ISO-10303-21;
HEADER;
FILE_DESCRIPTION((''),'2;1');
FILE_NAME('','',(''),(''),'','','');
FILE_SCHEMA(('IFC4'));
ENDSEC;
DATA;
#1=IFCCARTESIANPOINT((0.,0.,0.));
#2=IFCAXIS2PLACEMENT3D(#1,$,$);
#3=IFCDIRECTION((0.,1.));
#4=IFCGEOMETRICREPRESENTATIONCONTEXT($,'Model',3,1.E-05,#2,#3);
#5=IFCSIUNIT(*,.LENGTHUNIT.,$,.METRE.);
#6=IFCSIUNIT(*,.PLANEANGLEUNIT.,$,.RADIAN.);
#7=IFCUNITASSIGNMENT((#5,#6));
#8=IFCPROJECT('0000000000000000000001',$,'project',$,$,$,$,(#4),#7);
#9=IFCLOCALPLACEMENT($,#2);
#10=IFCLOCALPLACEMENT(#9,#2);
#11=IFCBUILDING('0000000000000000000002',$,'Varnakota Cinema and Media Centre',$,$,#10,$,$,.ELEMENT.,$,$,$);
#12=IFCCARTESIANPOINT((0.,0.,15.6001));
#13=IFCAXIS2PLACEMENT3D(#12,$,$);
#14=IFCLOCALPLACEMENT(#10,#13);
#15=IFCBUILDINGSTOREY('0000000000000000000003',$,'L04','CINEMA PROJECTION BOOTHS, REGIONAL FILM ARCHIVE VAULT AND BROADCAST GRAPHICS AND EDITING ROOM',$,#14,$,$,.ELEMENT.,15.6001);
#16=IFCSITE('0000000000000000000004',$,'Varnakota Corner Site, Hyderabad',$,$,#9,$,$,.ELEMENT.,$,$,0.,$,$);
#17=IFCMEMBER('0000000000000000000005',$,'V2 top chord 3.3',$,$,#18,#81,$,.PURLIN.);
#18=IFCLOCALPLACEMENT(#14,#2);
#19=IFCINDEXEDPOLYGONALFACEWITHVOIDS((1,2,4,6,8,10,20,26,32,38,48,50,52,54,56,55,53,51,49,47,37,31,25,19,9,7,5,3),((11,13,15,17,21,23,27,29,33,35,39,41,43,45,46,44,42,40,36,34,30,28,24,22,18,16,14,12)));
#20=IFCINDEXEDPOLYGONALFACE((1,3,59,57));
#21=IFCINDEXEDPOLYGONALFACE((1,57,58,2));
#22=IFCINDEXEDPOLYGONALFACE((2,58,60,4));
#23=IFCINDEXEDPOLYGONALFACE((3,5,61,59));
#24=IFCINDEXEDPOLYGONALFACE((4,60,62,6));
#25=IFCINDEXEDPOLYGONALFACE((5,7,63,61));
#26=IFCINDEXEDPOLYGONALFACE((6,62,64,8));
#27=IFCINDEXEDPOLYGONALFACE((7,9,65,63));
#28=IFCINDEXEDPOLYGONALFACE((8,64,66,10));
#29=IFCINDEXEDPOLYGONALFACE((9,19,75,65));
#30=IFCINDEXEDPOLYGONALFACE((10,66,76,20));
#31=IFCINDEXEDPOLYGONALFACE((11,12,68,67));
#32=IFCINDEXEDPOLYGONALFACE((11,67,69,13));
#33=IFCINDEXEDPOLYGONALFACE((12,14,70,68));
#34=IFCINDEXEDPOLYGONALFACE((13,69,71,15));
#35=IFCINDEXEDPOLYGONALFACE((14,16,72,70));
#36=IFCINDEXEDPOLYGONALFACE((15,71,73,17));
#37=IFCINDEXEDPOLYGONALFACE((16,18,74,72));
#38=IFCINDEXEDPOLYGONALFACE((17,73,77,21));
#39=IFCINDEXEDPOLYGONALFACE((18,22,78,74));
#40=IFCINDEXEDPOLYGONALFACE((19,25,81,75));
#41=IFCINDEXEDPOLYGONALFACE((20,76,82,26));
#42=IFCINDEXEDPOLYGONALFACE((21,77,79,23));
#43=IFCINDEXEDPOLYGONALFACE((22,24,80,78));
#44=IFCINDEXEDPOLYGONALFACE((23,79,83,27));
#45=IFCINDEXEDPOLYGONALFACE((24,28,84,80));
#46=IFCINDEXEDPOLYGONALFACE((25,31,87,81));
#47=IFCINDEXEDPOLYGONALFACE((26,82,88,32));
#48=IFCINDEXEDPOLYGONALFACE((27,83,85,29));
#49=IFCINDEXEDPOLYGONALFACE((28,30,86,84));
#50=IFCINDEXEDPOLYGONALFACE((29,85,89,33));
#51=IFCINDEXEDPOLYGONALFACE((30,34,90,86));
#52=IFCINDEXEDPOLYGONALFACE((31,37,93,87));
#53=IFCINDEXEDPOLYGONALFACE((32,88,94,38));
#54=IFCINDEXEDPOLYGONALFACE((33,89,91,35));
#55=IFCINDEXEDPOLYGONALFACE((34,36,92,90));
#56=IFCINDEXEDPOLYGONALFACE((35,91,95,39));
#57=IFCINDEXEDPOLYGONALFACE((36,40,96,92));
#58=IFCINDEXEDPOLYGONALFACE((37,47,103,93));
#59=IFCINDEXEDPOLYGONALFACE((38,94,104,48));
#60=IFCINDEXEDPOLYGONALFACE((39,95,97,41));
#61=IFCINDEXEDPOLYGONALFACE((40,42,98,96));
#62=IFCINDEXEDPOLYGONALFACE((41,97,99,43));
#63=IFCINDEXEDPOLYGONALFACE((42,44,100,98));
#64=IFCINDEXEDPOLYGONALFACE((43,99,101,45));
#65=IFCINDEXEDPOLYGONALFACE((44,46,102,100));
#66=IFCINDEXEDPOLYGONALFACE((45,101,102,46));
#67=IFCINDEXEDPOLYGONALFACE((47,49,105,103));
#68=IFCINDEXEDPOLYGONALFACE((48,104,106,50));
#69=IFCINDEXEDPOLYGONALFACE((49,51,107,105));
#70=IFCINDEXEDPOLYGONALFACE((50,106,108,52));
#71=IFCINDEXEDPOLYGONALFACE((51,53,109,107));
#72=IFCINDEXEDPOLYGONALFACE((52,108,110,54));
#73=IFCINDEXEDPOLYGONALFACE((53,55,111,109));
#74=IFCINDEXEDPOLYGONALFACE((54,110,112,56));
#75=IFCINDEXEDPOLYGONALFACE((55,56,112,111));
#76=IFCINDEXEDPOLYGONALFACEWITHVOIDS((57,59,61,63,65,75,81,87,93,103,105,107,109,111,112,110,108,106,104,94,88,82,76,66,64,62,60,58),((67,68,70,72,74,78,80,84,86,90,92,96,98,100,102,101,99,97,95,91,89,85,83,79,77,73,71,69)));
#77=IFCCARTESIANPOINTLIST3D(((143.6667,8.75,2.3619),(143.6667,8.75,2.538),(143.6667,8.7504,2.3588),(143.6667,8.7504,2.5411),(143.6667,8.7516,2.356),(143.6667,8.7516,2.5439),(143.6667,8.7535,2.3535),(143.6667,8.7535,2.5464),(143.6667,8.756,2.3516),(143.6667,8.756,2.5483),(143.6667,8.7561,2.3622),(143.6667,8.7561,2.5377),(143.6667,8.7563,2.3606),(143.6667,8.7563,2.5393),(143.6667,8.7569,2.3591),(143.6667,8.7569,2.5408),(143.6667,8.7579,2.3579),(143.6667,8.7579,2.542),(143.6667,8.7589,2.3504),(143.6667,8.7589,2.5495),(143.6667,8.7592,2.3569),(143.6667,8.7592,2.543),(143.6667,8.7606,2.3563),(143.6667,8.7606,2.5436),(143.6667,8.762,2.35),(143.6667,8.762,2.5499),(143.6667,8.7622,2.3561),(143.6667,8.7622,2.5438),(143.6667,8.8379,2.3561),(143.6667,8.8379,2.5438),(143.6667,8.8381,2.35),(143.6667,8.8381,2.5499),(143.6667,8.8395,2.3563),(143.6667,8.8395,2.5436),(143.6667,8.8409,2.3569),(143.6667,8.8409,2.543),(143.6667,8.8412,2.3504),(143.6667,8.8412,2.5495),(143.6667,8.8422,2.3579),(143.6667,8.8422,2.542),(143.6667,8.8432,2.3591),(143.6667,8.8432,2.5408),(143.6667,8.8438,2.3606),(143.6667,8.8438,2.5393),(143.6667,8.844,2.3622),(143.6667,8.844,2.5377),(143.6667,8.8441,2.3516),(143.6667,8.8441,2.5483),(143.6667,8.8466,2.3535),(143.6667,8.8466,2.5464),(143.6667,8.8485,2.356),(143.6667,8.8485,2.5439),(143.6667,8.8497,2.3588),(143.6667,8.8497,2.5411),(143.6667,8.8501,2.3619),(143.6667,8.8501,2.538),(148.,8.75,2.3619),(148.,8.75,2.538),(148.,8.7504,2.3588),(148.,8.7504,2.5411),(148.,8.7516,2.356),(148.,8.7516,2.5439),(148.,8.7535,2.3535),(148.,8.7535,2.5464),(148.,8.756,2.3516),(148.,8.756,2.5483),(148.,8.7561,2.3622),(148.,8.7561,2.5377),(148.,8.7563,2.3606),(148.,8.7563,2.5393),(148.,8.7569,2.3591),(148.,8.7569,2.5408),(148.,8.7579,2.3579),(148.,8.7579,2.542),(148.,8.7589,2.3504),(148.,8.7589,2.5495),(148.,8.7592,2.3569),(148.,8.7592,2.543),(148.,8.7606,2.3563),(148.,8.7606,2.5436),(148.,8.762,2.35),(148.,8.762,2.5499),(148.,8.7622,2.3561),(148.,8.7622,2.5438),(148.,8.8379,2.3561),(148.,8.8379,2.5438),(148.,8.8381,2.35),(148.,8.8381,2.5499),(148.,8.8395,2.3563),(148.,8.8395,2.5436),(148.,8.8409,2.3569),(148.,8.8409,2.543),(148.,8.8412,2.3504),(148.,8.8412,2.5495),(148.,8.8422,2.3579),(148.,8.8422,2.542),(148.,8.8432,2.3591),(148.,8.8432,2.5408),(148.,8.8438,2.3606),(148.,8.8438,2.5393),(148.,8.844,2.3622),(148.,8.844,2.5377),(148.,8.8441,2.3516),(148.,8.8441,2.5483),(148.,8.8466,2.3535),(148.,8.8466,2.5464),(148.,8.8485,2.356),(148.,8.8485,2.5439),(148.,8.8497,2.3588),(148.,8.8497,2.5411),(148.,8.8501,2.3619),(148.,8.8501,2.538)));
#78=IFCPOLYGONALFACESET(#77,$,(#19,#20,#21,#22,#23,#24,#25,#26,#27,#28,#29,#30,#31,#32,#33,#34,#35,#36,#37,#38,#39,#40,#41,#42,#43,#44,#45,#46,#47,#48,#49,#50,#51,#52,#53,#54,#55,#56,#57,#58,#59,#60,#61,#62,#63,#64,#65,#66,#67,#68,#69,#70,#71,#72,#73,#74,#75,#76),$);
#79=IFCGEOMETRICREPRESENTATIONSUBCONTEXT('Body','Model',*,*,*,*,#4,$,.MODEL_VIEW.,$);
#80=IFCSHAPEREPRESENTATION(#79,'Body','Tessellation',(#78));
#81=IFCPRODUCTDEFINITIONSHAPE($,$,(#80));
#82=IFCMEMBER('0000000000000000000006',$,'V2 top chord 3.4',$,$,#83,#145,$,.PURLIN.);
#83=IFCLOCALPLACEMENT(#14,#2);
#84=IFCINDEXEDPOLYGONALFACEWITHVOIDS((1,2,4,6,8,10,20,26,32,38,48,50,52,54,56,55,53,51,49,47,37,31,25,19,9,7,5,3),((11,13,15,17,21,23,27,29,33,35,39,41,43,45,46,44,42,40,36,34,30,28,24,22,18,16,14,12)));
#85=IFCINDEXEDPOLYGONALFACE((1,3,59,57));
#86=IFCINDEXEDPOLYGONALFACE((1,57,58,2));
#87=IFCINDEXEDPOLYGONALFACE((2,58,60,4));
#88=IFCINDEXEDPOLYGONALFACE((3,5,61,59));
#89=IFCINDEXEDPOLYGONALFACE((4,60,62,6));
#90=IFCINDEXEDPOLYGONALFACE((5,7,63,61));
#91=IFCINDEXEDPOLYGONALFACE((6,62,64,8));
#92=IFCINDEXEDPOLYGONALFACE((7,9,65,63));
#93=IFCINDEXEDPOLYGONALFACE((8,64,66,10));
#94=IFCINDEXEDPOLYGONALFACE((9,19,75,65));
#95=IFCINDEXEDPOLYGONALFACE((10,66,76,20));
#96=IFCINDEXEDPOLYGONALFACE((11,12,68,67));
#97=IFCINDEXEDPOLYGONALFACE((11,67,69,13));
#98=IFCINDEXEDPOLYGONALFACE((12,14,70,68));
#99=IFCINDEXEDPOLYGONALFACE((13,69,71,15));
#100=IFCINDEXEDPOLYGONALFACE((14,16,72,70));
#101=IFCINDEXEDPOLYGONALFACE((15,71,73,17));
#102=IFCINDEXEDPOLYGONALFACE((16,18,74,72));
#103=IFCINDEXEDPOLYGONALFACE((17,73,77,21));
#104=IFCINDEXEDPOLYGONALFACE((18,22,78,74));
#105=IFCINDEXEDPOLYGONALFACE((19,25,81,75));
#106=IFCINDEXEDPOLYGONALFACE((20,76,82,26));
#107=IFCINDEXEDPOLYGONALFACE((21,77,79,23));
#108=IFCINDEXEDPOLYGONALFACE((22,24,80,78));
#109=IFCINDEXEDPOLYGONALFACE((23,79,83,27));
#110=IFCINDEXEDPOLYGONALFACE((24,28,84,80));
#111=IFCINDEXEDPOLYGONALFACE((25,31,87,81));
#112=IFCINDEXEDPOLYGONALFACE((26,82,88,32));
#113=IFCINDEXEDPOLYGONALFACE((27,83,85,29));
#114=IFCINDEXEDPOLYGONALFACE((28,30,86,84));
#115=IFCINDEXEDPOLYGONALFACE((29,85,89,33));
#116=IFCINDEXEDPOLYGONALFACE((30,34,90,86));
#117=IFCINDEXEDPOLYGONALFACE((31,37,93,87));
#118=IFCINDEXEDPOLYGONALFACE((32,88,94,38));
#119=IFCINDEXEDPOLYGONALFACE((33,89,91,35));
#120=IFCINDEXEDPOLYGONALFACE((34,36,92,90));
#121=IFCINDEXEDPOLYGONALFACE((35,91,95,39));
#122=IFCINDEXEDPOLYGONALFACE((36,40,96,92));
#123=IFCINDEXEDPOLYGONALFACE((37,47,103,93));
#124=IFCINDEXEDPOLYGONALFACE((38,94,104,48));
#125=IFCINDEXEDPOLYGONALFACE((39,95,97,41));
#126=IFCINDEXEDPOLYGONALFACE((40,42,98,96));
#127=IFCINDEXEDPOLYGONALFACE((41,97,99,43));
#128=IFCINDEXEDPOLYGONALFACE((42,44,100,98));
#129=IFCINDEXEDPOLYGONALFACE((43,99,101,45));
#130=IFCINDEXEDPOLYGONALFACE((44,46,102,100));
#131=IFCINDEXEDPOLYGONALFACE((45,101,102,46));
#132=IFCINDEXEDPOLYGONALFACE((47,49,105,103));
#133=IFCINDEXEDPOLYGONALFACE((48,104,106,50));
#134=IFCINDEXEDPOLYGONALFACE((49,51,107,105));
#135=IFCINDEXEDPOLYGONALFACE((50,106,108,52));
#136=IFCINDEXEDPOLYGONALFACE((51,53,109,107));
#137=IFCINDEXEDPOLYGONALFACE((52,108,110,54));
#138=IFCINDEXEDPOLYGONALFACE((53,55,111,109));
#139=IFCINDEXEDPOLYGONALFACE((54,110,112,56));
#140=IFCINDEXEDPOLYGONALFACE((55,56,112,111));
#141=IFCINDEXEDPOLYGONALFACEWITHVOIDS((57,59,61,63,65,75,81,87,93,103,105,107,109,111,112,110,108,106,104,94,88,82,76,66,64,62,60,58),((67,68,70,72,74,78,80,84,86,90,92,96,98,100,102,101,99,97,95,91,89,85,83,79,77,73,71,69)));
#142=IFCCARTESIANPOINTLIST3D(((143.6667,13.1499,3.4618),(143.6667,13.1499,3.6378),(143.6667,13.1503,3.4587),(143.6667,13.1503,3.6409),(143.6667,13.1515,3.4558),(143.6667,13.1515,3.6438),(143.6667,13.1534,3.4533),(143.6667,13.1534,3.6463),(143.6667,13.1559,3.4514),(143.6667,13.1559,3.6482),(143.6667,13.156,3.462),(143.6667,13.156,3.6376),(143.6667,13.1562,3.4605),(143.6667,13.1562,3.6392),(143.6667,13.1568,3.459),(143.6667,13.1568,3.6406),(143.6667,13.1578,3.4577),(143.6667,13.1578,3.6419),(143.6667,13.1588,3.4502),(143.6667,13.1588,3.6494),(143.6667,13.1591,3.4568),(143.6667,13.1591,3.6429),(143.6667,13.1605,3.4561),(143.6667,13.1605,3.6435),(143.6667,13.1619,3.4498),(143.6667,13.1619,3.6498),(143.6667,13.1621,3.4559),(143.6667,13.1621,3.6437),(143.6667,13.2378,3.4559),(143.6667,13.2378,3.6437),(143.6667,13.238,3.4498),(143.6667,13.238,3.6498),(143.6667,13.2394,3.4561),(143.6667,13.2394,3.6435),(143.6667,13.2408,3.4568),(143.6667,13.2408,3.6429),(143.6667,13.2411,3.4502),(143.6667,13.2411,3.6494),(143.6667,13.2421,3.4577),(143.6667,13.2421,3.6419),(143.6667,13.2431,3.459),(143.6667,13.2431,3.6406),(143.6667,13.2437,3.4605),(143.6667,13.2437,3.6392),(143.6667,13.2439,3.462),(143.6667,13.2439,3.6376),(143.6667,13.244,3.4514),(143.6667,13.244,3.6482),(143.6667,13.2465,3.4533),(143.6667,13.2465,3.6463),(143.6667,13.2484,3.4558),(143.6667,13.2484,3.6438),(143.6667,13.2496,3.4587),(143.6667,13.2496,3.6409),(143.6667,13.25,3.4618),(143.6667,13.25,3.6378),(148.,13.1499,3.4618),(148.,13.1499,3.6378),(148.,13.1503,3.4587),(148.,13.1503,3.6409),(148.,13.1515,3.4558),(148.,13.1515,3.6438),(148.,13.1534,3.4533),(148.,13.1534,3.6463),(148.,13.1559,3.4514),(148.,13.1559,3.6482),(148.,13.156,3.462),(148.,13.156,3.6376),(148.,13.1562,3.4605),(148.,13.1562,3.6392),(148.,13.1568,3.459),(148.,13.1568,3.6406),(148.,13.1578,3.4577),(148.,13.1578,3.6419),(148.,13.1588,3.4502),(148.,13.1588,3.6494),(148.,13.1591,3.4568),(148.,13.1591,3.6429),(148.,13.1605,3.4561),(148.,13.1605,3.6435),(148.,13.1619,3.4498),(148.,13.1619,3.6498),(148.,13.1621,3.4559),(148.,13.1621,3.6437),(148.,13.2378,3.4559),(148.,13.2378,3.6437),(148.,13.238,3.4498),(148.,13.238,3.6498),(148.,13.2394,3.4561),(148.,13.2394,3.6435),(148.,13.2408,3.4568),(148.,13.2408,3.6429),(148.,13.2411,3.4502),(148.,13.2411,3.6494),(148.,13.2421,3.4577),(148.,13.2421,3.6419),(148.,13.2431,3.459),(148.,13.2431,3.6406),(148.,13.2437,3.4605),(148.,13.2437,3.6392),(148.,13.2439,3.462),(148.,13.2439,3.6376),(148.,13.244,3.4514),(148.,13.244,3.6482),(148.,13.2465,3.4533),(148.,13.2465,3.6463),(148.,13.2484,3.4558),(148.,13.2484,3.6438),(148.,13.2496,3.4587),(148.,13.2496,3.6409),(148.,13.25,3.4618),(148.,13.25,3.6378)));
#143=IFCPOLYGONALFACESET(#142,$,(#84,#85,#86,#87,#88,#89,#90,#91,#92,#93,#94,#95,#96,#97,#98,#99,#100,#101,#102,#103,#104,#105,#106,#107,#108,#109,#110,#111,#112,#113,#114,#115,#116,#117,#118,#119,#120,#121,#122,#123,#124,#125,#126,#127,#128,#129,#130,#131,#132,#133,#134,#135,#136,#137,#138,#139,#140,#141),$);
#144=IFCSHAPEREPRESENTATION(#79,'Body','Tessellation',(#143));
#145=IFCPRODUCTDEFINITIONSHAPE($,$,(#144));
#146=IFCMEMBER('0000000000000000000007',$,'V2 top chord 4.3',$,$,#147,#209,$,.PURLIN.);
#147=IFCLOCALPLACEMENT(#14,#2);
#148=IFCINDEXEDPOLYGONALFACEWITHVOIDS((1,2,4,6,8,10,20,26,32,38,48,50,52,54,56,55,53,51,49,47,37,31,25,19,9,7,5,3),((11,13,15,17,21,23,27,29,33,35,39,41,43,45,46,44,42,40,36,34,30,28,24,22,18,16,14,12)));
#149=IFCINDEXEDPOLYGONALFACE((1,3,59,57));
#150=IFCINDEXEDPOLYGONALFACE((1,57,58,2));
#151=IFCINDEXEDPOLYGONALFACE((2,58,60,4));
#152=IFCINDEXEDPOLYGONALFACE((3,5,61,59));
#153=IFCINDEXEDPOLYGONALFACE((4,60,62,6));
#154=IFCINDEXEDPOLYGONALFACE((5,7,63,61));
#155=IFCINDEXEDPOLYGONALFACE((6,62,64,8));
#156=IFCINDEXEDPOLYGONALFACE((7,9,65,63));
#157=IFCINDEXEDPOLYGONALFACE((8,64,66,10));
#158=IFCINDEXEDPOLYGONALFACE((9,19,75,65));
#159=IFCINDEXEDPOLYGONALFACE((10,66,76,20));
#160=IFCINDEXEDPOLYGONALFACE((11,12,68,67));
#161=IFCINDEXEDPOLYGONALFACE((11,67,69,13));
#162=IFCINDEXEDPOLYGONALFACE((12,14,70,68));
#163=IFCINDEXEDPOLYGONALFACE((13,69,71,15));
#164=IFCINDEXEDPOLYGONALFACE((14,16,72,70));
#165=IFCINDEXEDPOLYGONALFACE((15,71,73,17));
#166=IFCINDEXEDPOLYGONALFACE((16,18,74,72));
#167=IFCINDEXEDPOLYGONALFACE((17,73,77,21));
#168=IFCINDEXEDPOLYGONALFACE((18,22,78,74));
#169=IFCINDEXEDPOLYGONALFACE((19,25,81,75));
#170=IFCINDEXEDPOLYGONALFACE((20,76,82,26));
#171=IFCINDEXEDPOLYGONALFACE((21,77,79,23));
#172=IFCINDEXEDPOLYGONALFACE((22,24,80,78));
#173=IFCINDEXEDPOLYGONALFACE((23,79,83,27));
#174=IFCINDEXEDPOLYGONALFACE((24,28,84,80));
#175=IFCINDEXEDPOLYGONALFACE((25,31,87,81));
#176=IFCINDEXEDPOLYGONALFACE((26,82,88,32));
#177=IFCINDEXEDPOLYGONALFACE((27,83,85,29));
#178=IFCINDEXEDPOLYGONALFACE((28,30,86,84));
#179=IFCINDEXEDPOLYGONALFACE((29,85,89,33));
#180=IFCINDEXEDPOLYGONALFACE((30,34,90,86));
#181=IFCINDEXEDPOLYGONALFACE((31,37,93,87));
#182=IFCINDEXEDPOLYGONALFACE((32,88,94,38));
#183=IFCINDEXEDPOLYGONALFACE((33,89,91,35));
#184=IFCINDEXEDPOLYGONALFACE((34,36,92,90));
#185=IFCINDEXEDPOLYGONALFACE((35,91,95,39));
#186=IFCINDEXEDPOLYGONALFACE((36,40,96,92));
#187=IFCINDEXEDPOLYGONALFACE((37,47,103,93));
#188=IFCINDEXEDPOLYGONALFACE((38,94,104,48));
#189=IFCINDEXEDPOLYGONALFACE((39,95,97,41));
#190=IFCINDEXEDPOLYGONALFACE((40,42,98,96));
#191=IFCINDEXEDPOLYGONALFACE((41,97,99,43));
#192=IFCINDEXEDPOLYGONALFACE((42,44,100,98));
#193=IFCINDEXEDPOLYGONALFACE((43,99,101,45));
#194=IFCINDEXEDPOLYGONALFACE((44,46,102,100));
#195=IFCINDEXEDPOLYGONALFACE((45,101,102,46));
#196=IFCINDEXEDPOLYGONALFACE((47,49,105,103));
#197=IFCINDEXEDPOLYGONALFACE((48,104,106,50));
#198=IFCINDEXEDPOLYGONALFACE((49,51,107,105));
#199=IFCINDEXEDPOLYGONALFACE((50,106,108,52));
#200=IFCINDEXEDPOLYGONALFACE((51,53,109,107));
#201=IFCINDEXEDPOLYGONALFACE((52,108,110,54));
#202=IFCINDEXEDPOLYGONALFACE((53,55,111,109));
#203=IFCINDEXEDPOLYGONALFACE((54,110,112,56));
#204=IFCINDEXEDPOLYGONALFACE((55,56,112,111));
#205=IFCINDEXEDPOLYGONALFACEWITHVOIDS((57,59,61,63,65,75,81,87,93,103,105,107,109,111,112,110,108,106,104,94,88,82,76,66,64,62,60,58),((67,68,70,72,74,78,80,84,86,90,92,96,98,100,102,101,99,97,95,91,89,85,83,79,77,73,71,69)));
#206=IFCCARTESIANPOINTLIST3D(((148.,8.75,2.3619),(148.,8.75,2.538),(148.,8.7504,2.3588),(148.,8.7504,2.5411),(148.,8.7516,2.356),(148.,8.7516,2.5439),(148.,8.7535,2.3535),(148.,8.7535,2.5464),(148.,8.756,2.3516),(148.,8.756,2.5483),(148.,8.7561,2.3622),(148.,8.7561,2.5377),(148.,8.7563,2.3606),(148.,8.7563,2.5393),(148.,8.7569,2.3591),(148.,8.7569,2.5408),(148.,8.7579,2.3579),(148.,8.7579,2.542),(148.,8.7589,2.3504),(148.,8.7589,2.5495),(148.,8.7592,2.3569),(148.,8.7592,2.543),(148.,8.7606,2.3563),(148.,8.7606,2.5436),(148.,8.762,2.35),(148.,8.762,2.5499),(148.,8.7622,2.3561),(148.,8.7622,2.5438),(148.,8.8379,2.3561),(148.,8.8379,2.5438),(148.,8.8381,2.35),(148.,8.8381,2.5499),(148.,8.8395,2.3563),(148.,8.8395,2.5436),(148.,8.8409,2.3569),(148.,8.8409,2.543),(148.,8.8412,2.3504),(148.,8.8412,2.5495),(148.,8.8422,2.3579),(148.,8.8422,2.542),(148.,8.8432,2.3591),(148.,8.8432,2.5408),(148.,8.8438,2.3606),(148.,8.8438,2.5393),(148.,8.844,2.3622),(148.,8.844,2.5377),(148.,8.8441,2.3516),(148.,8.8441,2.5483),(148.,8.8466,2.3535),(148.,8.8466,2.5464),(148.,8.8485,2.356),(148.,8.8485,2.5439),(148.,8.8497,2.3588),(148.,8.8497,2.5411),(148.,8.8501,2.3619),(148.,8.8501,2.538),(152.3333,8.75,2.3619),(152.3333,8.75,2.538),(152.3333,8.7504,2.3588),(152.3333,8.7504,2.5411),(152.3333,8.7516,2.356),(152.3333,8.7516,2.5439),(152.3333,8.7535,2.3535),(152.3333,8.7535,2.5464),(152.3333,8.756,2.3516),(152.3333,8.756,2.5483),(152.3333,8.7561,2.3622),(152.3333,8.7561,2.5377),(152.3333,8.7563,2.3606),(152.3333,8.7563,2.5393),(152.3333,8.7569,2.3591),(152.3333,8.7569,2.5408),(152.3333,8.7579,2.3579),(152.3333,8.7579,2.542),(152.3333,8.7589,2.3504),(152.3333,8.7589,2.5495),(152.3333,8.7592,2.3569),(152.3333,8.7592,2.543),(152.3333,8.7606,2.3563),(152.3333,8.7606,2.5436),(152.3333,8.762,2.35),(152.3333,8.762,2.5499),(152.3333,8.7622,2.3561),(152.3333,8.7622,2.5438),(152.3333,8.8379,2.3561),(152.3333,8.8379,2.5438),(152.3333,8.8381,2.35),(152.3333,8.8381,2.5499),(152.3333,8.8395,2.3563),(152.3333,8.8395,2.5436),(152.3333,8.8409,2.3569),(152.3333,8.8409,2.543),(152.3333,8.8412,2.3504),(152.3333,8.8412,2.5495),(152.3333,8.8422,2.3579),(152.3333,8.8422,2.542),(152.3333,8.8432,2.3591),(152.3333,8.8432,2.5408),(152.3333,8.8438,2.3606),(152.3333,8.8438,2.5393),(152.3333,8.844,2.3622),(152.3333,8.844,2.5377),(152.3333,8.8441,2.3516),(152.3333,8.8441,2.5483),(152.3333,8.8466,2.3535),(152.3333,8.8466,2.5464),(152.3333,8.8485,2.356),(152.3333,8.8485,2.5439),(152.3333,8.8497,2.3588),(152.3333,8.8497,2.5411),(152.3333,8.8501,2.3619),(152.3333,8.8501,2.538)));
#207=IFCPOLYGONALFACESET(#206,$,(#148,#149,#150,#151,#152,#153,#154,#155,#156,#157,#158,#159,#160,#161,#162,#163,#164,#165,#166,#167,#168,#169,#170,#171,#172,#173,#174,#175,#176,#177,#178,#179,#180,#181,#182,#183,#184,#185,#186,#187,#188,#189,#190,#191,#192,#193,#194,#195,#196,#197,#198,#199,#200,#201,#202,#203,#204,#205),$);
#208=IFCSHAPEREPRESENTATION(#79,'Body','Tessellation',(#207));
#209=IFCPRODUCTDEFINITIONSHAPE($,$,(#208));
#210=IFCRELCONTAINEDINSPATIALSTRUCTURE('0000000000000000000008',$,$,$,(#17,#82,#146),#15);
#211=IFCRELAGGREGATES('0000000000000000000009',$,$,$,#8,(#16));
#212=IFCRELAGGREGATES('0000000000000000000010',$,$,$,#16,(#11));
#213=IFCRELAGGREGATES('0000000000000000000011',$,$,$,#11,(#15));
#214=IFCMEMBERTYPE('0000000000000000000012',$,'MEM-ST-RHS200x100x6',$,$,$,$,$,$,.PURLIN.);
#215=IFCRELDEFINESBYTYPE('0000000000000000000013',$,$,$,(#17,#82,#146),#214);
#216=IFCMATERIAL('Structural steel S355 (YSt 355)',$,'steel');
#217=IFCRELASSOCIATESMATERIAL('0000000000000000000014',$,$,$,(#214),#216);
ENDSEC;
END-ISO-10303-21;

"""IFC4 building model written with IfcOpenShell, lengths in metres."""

from ifc_helpers import new_model, si_unit, direction, frame, origin, origin_2d, place, context, subcontext, project, spatial, hollow_rectangle, extrude, material, material_profile, profile_set, type_object, element, save


model = new_model("IFC4")

# Units and contexts
model_context = context("Model", 3, precision=1e-05, world=origin(), true_north=direction((0.0, 1.0)))
body_context = subcontext(model_context, "Body", "Model", "MODEL_VIEW")
ifc_project = project(units=[si_unit("LENGTHUNIT", "METRE"), si_unit("PLANEANGLEUNIT", "RADIAN")], contexts=[model_context])

# Site, building, storey
site_placement = place(None, origin())
site = spatial("IfcSite", under=ifc_project, at=site_placement, Name="Varnakota Corner Site, Hyderabad", CompositionType="ELEMENT", RefElevation=0.0)
building_placement = place(site_placement, origin())
building = spatial("IfcBuilding", under=site, at=building_placement, Name="Varnakota Cinema and Media Centre", CompositionType="ELEMENT")
storey_placement = place(building_placement, frame((0.0, 0.0, 15.6001)))
storey = spatial("IfcBuildingStorey", under=building, at=storey_placement, Name="L04", Description="CINEMA PROJECTION BOOTHS, REGIONAL FILM ARCHIVE VAULT AND BROADCAST GRAPHICS AND EDITING ROOM", CompositionType="ELEMENT", Elevation=15.6001)

# Members
ifc_material_1 = material(Name="Structural steel S355 (YSt 355)", Category="steel")
ifc_material_profile_1 = material_profile(ifc_material_1, hollow_rectangle(XDim=0.1001, YDim=0.2, WallThickness=0.0061, InnerFilletRadius=0.0061, OuterFilletRadius=0.012, at=origin_2d()), Name="RHS 200x100x6")
ifc_profile_set_1 = profile_set([ifc_material_profile_1], Name="Structural steel S355 (YSt 355)")
member_type_1 = type_object("IfcMemberType", Name="MEM-ST-RHS200x100x6", PredefinedType="PURLIN", material=ifc_profile_set_1)
for number, where, z_axis, x_axis, name in (
    (1, (143.6667, 8.8, 2.45), (1.0, 0.0, 0.0), (0.0, 1.0, 0.0), "V2 top chord 3.3"),
    (2, (143.6667, 13.2, 3.5498), (1.0, 0.0, 0.0), (0.0, 1.0, 0.0), "V2 top chord 3.4"),
    (3, (148.0, 8.8, 2.45), (1.0, 0.0, 0.0), (0.0, 1.0, 0.0), "V2 top chord 4.3"),
):
    element("IfcMember", number, at=place(storey_placement, frame(where, z_axis=z_axis, x_axis=x_axis)), inside=storey, type_object=member_type_1, Name=name, PredefinedType="PURLIN", context=body_context, shape_type="SweptSolid", body=[
        extrude(hollow_rectangle(XDim=0.1001, YDim=0.2, WallThickness=0.0061, InnerFilletRadius=0.0061, OuterFilletRadius=0.012, at=origin_2d()), origin(), (0.0, 0.0, 1.0), 4.3333),
    ])

save(model, "model.ifc")
